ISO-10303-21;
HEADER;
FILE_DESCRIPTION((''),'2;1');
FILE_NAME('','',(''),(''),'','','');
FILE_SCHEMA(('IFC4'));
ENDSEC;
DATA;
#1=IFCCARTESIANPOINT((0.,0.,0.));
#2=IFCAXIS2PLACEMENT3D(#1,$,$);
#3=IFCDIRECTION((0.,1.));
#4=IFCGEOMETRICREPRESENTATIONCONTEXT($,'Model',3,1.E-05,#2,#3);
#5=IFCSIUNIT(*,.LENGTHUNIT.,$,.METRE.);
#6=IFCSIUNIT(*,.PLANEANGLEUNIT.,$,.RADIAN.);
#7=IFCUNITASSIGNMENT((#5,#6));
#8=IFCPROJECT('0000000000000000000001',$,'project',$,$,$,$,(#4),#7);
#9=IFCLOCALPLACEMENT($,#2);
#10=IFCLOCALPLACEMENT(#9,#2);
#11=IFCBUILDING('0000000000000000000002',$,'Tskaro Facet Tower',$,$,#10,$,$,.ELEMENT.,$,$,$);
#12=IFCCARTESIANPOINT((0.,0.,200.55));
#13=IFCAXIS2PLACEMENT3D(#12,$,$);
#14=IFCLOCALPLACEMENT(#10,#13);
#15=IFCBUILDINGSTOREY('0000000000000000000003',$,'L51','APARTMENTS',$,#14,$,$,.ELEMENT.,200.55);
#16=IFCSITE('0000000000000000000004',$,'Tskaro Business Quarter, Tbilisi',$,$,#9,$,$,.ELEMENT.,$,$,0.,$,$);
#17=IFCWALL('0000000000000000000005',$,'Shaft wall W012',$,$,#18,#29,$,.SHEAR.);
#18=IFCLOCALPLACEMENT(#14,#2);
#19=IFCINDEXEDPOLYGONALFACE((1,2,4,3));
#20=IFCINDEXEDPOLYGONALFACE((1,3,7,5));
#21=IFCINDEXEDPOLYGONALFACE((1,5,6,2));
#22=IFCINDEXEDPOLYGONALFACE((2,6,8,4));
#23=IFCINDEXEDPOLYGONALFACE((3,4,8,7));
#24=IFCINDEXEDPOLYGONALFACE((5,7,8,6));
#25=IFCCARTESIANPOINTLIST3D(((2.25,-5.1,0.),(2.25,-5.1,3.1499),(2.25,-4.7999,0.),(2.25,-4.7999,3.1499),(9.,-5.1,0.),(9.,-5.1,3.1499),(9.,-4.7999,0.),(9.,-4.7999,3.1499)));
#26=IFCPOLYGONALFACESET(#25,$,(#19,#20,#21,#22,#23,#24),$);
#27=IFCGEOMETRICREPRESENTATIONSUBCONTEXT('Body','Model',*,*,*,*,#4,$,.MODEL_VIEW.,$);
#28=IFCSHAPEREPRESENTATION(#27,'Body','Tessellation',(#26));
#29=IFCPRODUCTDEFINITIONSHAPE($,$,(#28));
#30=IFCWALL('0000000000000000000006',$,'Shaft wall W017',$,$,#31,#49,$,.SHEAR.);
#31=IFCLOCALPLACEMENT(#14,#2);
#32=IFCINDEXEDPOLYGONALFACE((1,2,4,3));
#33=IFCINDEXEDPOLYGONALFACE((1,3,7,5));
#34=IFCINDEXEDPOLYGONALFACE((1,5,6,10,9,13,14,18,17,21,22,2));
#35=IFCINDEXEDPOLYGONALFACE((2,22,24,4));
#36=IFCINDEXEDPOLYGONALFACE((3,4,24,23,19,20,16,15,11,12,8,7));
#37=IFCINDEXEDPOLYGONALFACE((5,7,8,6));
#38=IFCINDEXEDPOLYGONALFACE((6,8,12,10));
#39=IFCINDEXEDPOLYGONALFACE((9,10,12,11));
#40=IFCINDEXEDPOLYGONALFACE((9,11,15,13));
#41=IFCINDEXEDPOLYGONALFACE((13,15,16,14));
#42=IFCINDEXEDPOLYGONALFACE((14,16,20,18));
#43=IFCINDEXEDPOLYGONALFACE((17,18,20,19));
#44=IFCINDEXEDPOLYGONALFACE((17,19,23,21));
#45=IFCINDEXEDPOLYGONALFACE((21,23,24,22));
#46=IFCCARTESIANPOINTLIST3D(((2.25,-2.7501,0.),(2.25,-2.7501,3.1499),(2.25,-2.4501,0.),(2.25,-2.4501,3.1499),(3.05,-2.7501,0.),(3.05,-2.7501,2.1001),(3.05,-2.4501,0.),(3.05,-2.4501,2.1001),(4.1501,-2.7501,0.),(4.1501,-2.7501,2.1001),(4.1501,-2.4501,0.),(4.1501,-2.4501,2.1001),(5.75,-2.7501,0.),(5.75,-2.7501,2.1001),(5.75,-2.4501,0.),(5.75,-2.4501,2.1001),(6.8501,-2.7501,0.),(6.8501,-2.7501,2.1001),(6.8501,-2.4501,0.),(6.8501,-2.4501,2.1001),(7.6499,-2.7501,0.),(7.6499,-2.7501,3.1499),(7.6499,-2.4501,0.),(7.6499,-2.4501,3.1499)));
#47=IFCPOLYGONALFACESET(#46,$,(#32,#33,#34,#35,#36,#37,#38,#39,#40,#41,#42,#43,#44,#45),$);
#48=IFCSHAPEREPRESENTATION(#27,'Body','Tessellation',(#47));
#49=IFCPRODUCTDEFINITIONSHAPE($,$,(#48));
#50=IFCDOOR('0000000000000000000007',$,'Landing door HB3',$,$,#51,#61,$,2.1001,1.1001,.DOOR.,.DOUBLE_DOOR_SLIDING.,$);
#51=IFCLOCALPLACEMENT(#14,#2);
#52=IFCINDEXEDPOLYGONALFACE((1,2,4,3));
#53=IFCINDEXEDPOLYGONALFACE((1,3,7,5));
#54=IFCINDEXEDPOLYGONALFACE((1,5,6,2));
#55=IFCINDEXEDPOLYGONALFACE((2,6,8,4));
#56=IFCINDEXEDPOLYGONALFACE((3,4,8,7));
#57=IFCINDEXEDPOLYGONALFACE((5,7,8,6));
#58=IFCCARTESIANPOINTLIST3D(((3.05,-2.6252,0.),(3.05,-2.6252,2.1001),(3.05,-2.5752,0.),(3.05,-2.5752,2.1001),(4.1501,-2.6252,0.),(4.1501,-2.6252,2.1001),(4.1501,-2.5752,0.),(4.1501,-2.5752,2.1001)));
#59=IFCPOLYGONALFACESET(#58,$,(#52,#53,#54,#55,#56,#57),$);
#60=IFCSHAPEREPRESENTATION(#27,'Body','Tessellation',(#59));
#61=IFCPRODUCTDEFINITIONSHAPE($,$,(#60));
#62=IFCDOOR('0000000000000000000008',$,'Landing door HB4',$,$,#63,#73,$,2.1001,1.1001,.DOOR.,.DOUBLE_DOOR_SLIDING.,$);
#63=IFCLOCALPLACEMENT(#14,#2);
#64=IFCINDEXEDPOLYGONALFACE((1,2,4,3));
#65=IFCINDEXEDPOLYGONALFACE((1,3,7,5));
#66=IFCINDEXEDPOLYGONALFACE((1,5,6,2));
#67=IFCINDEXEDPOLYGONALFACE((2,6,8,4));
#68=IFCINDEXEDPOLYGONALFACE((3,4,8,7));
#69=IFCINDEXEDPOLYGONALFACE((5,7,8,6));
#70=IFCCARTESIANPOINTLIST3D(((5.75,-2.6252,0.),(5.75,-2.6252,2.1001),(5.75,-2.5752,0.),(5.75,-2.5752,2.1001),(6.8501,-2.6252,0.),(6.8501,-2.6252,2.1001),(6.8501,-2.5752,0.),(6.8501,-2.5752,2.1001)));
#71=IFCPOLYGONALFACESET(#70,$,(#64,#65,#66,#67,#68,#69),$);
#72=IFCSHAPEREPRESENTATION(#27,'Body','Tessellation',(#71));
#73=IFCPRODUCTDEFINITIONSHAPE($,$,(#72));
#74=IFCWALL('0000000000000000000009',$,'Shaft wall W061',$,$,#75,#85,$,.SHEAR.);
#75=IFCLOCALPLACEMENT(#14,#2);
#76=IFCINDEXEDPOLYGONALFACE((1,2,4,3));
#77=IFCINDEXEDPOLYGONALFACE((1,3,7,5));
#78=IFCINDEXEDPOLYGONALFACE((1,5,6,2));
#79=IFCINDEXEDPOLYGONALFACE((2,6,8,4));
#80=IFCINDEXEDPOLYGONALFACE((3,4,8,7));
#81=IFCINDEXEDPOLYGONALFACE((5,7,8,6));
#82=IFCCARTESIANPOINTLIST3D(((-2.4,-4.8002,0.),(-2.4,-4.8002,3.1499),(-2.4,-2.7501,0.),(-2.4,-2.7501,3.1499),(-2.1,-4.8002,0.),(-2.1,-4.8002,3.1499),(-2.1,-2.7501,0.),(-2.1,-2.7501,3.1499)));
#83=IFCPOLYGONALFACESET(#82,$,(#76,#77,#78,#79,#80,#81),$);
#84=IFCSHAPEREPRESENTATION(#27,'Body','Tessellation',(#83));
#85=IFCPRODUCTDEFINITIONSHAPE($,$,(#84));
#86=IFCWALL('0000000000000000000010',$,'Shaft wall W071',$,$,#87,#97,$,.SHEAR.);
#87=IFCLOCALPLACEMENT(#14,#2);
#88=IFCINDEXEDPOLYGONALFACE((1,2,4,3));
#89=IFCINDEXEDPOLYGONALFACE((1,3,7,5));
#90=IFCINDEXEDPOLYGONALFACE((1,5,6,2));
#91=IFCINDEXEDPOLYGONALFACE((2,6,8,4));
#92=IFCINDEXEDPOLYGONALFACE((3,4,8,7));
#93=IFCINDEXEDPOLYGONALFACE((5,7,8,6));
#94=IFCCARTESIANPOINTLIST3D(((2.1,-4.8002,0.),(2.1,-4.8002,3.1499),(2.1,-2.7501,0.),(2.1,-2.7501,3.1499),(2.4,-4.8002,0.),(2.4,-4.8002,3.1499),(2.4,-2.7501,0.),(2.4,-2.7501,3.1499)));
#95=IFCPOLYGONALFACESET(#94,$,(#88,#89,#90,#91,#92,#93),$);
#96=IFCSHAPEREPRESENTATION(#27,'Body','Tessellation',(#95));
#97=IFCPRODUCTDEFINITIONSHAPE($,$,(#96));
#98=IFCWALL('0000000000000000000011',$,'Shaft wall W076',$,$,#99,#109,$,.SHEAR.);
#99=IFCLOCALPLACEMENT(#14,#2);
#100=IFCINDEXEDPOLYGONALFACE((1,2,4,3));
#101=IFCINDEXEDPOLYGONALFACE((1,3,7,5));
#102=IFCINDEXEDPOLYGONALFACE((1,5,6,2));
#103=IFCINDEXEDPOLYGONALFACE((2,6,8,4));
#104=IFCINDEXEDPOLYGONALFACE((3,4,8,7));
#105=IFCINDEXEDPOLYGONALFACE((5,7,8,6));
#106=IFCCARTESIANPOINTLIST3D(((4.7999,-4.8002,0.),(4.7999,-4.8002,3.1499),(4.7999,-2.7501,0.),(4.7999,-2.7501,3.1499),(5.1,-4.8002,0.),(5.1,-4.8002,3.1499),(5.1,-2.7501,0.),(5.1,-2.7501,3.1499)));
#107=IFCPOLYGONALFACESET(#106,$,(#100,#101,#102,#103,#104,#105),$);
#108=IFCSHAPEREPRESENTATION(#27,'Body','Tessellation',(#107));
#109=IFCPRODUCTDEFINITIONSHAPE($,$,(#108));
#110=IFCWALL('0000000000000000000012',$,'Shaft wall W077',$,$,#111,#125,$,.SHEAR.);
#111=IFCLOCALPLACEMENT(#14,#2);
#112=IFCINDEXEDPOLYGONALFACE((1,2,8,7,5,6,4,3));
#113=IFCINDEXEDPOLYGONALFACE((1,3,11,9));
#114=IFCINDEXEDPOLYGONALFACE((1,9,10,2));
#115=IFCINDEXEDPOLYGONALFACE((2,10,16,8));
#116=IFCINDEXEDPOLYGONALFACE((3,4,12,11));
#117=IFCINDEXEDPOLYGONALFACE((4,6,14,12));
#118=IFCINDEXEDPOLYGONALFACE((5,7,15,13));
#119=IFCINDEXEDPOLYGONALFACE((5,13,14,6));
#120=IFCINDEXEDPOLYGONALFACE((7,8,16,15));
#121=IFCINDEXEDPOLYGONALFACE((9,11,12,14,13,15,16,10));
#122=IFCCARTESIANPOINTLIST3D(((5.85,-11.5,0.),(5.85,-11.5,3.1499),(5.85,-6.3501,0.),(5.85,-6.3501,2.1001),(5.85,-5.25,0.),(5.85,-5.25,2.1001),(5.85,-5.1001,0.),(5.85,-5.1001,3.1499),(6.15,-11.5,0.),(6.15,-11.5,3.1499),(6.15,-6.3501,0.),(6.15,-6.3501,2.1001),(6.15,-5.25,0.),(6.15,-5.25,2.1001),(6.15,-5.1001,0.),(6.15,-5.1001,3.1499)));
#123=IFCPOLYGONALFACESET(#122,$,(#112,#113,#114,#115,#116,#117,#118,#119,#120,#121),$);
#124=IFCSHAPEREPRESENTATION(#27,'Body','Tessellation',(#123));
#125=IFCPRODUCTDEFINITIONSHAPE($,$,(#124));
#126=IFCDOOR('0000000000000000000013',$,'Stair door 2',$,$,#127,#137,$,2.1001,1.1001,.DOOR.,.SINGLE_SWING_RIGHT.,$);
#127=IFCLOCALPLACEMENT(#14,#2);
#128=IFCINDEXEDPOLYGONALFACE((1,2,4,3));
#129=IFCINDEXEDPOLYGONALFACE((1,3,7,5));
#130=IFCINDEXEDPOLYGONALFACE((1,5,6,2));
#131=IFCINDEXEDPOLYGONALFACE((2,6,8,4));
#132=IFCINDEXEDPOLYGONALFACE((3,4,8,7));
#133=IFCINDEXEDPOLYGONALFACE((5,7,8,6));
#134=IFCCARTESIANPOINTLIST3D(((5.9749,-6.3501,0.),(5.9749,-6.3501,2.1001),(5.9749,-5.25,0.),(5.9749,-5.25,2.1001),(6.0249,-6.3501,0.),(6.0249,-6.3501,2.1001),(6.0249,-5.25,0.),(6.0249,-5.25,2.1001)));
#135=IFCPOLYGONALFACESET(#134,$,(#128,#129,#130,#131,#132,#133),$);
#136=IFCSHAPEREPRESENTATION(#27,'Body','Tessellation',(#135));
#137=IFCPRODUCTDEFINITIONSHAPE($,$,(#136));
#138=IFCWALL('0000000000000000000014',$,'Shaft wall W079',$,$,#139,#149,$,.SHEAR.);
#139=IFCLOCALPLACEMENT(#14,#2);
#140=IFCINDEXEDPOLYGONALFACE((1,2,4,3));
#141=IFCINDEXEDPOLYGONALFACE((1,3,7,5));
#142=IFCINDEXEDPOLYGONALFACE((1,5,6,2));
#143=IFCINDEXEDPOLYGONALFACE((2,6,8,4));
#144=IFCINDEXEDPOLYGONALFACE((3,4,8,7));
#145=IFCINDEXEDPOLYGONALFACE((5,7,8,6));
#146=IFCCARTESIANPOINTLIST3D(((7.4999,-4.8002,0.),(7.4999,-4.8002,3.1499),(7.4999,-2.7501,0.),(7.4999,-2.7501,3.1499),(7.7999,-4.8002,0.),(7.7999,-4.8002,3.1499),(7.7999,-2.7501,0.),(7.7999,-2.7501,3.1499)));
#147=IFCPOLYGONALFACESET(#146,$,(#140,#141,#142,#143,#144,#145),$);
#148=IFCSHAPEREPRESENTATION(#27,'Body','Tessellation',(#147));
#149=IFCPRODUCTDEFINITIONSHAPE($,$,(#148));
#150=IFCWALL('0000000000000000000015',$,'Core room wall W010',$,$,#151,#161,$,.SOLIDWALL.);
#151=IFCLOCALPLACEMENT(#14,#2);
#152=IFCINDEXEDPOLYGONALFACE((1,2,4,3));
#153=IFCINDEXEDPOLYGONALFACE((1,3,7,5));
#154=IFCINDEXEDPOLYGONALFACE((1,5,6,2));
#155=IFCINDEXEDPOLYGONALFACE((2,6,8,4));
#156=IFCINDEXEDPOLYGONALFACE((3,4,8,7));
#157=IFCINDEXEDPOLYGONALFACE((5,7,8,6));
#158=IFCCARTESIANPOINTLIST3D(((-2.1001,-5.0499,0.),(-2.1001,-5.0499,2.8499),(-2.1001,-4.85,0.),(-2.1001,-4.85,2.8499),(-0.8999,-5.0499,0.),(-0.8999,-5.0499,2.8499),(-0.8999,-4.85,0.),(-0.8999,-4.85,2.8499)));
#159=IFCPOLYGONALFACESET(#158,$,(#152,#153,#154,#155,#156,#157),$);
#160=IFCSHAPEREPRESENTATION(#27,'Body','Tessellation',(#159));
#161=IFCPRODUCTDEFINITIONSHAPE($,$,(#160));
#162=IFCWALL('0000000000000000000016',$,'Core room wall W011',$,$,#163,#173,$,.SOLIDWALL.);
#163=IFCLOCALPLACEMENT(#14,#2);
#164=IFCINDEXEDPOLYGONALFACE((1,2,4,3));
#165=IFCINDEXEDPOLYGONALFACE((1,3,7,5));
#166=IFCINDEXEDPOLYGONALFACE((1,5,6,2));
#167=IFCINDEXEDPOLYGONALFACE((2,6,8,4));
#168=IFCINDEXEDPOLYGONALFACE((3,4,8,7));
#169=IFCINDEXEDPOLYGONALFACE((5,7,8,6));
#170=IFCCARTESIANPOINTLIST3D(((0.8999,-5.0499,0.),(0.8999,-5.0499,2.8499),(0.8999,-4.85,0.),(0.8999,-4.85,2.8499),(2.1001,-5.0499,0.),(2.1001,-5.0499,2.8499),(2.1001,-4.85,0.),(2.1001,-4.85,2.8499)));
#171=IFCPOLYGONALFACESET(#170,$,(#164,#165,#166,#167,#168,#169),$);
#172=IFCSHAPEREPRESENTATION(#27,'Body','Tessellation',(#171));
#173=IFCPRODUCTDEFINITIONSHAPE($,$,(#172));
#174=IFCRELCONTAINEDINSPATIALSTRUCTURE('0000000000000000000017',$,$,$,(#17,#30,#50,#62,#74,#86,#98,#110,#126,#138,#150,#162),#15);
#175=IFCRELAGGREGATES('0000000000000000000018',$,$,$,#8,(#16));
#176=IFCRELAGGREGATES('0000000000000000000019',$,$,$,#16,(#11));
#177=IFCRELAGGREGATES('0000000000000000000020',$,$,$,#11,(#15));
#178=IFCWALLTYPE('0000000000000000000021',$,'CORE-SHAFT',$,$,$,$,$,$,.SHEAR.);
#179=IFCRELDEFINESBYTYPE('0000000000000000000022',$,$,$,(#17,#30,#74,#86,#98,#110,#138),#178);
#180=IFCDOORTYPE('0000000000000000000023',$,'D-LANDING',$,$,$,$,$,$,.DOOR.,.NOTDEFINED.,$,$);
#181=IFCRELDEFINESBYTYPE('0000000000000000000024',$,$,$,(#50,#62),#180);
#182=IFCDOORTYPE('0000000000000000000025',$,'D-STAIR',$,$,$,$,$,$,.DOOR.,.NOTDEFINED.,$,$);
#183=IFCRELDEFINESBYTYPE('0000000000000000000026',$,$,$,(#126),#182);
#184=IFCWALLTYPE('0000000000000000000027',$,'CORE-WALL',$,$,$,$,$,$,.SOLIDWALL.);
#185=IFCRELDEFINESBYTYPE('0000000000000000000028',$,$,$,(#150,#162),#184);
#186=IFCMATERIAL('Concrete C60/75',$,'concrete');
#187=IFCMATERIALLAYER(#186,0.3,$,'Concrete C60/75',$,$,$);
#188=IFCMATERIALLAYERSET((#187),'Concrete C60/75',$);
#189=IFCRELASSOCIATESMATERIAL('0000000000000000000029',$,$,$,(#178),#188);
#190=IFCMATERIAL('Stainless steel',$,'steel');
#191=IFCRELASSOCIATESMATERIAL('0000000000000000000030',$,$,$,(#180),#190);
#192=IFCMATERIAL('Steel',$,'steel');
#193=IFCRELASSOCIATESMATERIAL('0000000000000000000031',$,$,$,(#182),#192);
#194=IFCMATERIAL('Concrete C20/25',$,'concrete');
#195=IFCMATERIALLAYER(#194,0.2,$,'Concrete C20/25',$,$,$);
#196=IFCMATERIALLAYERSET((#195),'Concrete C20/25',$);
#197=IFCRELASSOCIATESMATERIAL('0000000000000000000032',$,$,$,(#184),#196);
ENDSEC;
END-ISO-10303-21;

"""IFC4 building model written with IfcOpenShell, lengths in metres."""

from ifc_helpers import new_model, si_unit, direction, frame, frame_2d, origin, place, context, subcontext, project, spatial, rectangle, extrude, material, layer, layer_set, type_object, element, fill, save


model = new_model("IFC4")

# Units and contexts
model_context = context("Model", 3, precision=1e-05, world=origin(), true_north=direction((0.0, 1.0)))
body_context = subcontext(model_context, "Body", "Model", "MODEL_VIEW")
ifc_project = project(units=[si_unit("LENGTHUNIT", "METRE"), si_unit("PLANEANGLEUNIT", "RADIAN")], contexts=[model_context])

# Site, building, storey
site_placement = place(None, origin())
site = spatial("IfcSite", under=ifc_project, at=site_placement, Name="Tskaro Business Quarter, Tbilisi", CompositionType="ELEMENT", RefElevation=0.0)
building_placement = place(site_placement, origin())
building = spatial("IfcBuilding", under=site, at=building_placement, Name="Tskaro Facet Tower", CompositionType="ELEMENT")
storey_placement = place(building_placement, frame((0.0, 0.0, 200.55)))
storey = spatial("IfcBuildingStorey", under=building, at=storey_placement, Name="L51", Description="APARTMENTS", CompositionType="ELEMENT", Elevation=200.55)

# Shared definitions
ifc_material_1 = material(Name="Concrete C60/75", Category="concrete")

# Wall
ifc_layer_1 = layer(ifc_material_1, 0.3, Name="Concrete C60/75")
ifc_layer_set_1 = layer_set([ifc_layer_1], Name="Concrete C60/75")
wall_type_1 = type_object("IfcWallType", Name="CORE-SHAFT", PredefinedType="SHEAR", material=ifc_layer_set_1)
wall_1_placement = place(storey_placement, frame((2.25, -4.95, 0.0), z_axis=(0.0, 0.0, 1.0), x_axis=(1.0, 0.0, 0.0)))
element("IfcWall", 1, at=wall_1_placement, inside=storey, type_object=wall_type_1, Name="Shaft wall W012", PredefinedType="SHEAR", context=body_context, shape_type="SweptSolid", body=[
    extrude(rectangle(XDim=6.75, YDim=0.3, at=frame_2d((3.375, 0.0))), origin(), (0.0, 0.0, 1.0), 3.1499),
])

# Wall, openings, doors
wall_2_placement = place(storey_placement, frame((2.25, -2.6001, 0.0), z_axis=(0.0, 0.0, 1.0), x_axis=(1.0, 0.0, 0.0)))
wall_2 = element("IfcWall", 2, at=wall_2_placement, inside=storey, type_object=wall_type_1, Name="Shaft wall W017", PredefinedType="SHEAR", context=body_context, shape_type="SweptSolid", body=[
    extrude(rectangle(XDim=5.3999, YDim=0.3, at=frame_2d((2.7, 0.0))), origin(), (0.0, 0.0, 1.0), 3.1499),
])
opening_1_placement = place(wall_2_placement, frame((0.8, 0.0, 0.0)))
opening_1 = element("IfcOpeningElement", 3, at=opening_1_placement, cuts=wall_2, PredefinedType="OPENING", context=body_context, shape_type="SweptSolid", body=[
    extrude(rectangle(XDim=1.1001, YDim=2.1001, at=frame_2d((0.55, 1.05))), frame((0.0, 0.1599, 0.0), z_axis=(0.0, -1.0, 0.0), x_axis=(1.0, 0.0, 0.0)), (0.0, 0.0, 1.0), 0.3201),
])
opening_2_placement = place(wall_2_placement, frame((3.5, 0.0, 0.0)))
opening_2 = element("IfcOpeningElement", 4, at=opening_2_placement, cuts=wall_2, PredefinedType="OPENING", context=body_context, shape_type="SweptSolid", body=[
    extrude(rectangle(XDim=1.1001, YDim=2.1001, at=frame_2d((0.55, 1.05))), frame((0.0, 0.1599, 0.0), z_axis=(0.0, -1.0, 0.0), x_axis=(1.0, 0.0, 0.0)), (0.0, 0.0, 1.0), 0.3201),
])
ifc_material_2 = material(Name="Stainless steel", Category="steel")
door_type_1 = type_object("IfcDoorType", Name="D-LANDING", OperationType="NOTDEFINED", PredefinedType="DOOR", material=ifc_material_2)
door_1_placement = place(opening_1_placement, origin())
door_1 = element("IfcDoor", 5, at=door_1_placement, inside=storey, type_object=door_type_1, Name="Landing door HB3", OperationType="DOUBLE_DOOR_SLIDING", OverallHeight=2.1001, OverallWidth=1.1001, PredefinedType="DOOR", context=body_context, shape_type="SweptSolid", body=[
    extrude(rectangle(XDim=1.1001, YDim=2.1001, at=frame_2d((0.55, 1.05))), frame((0.0, 0.0249, 0.0), z_axis=(0.0, -1.0, 0.0), x_axis=(1.0, 0.0, 0.0)), (0.0, 0.0, 1.0), 0.05),
])
fill(opening_1, door_1)
door_2_placement = place(opening_2_placement, origin())
door_2 = element("IfcDoor", 6, at=door_2_placement, inside=storey, type_object=door_type_1, Name="Landing door HB4", OperationType="DOUBLE_DOOR_SLIDING", OverallHeight=2.1001, OverallWidth=1.1001, PredefinedType="DOOR", context=body_context, shape_type="SweptSolid", body=[
    extrude(rectangle(XDim=1.1001, YDim=2.1001, at=frame_2d((0.55, 1.05))), frame((0.0, 0.0249, 0.0), z_axis=(0.0, -1.0, 0.0), x_axis=(1.0, 0.0, 0.0)), (0.0, 0.0, 1.0), 0.05),
])
fill(opening_2, door_2)

# Walls
for number, where, z_axis, x_axis, name in (
    (7, (-2.25, -4.8, 0.0), (0.0, 0.0, 1.0), (0.0, 1.0, 0.0), "Shaft wall W061"),
    (8, (2.25, -4.8, 0.0), (0.0, 0.0, 1.0), (0.0, 1.0, 0.0), "Shaft wall W071"),
    (9, (4.95, -4.8, 0.0), (0.0, 0.0, 1.0), (0.0, 1.0, 0.0), "Shaft wall W076"),
):
    element("IfcWall", number, at=place(storey_placement, frame(where, z_axis=z_axis, x_axis=x_axis)), inside=storey, type_object=wall_type_1, Name=name, PredefinedType="SHEAR", context=body_context, shape_type="SweptSolid", body=[
        extrude(rectangle(XDim=2.05, YDim=0.3, at=frame_2d((1.0249, 0.0))), origin(), (0.0, 0.0, 1.0), 3.1499),
    ])

# Wall, opening, door
wall_3_placement = place(storey_placement, frame((6.0, -5.1001, 0.0), z_axis=(0.0, 0.0, 1.0), x_axis=(0.0, -1.0, 0.0)))
wall_3 = element("IfcWall", 10, at=wall_3_placement, inside=storey, type_object=wall_type_1, Name="Shaft wall W077", PredefinedType="SHEAR", context=body_context, shape_type="SweptSolid", body=[
    extrude(rectangle(XDim=6.3999, YDim=0.3, at=frame_2d((3.2, 0.0))), origin(), (0.0, 0.0, 1.0), 3.1499),
])
opening_3_placement = place(wall_3_placement, frame((0.1499, 0.0, 0.0)))
opening_3 = element("IfcOpeningElement", 11, at=opening_3_placement, cuts=wall_3, PredefinedType="OPENING", context=body_context, shape_type="SweptSolid", body=[
    extrude(rectangle(XDim=1.1001, YDim=2.1001, at=frame_2d((0.55, 1.05))), frame((0.0, 0.1599, 0.0), z_axis=(0.0, -1.0, 0.0), x_axis=(1.0, 0.0, 0.0)), (0.0, 0.0, 1.0), 0.3201),
])
ifc_material_3 = material(Name="Steel", Category="steel")
door_type_2 = type_object("IfcDoorType", Name="D-STAIR", OperationType="NOTDEFINED", PredefinedType="DOOR", material=ifc_material_3)
door_3_placement = place(opening_3_placement, origin())
door_3 = element("IfcDoor", 12, at=door_3_placement, inside=storey, type_object=door_type_2, Name="Stair door 2", OperationType="SINGLE_SWING_RIGHT", OverallHeight=2.1001, OverallWidth=1.1001, PredefinedType="DOOR", context=body_context, shape_type="SweptSolid", body=[
    extrude(rectangle(XDim=1.1001, YDim=2.1001, at=frame_2d((0.55, 1.05))), frame((0.0, 0.0249, 0.0), z_axis=(0.0, -1.0, 0.0), x_axis=(1.0, 0.0, 0.0)), (0.0, 0.0, 1.0), 0.05),
])
fill(opening_3, door_3)

# Walls
wall_4_placement = place(storey_placement, frame((7.6499, -4.8, 0.0), z_axis=(0.0, 0.0, 1.0), x_axis=(0.0, 1.0, 0.0)))
element("IfcWall", 13, at=wall_4_placement, inside=storey, type_object=wall_type_1, Name="Shaft wall W079", PredefinedType="SHEAR", context=body_context, shape_type="SweptSolid", body=[
    extrude(rectangle(XDim=2.05, YDim=0.3, at=frame_2d((1.0249, 0.0))), origin(), (0.0, 0.0, 1.0), 3.1499),
])
ifc_material_4 = material(Name="Concrete C20/25", Category="concrete")
ifc_layer_2 = layer(ifc_material_4, 0.2, Name="Concrete C20/25")
ifc_layer_set_2 = layer_set([ifc_layer_2], Name="Concrete C20/25")
wall_type_2 = type_object("IfcWallType", Name="CORE-WALL", PredefinedType="SOLIDWALL", material=ifc_layer_set_2)
for number, where, z_axis, x_axis, name in (
    (14, (-2.1001, -4.95, 0.0), (0.0, 0.0, 1.0), (1.0, 0.0, 0.0), "Core room wall W010"),
    (15, (0.8999, -4.95, 0.0), (0.0, 0.0, 1.0), (1.0, 0.0, 0.0), "Core room wall W011"),
):
    element("IfcWall", number, at=place(storey_placement, frame(where, z_axis=z_axis, x_axis=x_axis)), inside=storey, type_object=wall_type_2, Name=name, PredefinedType="SOLIDWALL", context=body_context, shape_type="SweptSolid", body=[
        extrude(rectangle(XDim=1.2002, YDim=0.2, at=frame_2d((0.6001, 0.0))), origin(), (0.0, 0.0, 1.0), 2.8499),
    ])

save(model, "model.ifc")
